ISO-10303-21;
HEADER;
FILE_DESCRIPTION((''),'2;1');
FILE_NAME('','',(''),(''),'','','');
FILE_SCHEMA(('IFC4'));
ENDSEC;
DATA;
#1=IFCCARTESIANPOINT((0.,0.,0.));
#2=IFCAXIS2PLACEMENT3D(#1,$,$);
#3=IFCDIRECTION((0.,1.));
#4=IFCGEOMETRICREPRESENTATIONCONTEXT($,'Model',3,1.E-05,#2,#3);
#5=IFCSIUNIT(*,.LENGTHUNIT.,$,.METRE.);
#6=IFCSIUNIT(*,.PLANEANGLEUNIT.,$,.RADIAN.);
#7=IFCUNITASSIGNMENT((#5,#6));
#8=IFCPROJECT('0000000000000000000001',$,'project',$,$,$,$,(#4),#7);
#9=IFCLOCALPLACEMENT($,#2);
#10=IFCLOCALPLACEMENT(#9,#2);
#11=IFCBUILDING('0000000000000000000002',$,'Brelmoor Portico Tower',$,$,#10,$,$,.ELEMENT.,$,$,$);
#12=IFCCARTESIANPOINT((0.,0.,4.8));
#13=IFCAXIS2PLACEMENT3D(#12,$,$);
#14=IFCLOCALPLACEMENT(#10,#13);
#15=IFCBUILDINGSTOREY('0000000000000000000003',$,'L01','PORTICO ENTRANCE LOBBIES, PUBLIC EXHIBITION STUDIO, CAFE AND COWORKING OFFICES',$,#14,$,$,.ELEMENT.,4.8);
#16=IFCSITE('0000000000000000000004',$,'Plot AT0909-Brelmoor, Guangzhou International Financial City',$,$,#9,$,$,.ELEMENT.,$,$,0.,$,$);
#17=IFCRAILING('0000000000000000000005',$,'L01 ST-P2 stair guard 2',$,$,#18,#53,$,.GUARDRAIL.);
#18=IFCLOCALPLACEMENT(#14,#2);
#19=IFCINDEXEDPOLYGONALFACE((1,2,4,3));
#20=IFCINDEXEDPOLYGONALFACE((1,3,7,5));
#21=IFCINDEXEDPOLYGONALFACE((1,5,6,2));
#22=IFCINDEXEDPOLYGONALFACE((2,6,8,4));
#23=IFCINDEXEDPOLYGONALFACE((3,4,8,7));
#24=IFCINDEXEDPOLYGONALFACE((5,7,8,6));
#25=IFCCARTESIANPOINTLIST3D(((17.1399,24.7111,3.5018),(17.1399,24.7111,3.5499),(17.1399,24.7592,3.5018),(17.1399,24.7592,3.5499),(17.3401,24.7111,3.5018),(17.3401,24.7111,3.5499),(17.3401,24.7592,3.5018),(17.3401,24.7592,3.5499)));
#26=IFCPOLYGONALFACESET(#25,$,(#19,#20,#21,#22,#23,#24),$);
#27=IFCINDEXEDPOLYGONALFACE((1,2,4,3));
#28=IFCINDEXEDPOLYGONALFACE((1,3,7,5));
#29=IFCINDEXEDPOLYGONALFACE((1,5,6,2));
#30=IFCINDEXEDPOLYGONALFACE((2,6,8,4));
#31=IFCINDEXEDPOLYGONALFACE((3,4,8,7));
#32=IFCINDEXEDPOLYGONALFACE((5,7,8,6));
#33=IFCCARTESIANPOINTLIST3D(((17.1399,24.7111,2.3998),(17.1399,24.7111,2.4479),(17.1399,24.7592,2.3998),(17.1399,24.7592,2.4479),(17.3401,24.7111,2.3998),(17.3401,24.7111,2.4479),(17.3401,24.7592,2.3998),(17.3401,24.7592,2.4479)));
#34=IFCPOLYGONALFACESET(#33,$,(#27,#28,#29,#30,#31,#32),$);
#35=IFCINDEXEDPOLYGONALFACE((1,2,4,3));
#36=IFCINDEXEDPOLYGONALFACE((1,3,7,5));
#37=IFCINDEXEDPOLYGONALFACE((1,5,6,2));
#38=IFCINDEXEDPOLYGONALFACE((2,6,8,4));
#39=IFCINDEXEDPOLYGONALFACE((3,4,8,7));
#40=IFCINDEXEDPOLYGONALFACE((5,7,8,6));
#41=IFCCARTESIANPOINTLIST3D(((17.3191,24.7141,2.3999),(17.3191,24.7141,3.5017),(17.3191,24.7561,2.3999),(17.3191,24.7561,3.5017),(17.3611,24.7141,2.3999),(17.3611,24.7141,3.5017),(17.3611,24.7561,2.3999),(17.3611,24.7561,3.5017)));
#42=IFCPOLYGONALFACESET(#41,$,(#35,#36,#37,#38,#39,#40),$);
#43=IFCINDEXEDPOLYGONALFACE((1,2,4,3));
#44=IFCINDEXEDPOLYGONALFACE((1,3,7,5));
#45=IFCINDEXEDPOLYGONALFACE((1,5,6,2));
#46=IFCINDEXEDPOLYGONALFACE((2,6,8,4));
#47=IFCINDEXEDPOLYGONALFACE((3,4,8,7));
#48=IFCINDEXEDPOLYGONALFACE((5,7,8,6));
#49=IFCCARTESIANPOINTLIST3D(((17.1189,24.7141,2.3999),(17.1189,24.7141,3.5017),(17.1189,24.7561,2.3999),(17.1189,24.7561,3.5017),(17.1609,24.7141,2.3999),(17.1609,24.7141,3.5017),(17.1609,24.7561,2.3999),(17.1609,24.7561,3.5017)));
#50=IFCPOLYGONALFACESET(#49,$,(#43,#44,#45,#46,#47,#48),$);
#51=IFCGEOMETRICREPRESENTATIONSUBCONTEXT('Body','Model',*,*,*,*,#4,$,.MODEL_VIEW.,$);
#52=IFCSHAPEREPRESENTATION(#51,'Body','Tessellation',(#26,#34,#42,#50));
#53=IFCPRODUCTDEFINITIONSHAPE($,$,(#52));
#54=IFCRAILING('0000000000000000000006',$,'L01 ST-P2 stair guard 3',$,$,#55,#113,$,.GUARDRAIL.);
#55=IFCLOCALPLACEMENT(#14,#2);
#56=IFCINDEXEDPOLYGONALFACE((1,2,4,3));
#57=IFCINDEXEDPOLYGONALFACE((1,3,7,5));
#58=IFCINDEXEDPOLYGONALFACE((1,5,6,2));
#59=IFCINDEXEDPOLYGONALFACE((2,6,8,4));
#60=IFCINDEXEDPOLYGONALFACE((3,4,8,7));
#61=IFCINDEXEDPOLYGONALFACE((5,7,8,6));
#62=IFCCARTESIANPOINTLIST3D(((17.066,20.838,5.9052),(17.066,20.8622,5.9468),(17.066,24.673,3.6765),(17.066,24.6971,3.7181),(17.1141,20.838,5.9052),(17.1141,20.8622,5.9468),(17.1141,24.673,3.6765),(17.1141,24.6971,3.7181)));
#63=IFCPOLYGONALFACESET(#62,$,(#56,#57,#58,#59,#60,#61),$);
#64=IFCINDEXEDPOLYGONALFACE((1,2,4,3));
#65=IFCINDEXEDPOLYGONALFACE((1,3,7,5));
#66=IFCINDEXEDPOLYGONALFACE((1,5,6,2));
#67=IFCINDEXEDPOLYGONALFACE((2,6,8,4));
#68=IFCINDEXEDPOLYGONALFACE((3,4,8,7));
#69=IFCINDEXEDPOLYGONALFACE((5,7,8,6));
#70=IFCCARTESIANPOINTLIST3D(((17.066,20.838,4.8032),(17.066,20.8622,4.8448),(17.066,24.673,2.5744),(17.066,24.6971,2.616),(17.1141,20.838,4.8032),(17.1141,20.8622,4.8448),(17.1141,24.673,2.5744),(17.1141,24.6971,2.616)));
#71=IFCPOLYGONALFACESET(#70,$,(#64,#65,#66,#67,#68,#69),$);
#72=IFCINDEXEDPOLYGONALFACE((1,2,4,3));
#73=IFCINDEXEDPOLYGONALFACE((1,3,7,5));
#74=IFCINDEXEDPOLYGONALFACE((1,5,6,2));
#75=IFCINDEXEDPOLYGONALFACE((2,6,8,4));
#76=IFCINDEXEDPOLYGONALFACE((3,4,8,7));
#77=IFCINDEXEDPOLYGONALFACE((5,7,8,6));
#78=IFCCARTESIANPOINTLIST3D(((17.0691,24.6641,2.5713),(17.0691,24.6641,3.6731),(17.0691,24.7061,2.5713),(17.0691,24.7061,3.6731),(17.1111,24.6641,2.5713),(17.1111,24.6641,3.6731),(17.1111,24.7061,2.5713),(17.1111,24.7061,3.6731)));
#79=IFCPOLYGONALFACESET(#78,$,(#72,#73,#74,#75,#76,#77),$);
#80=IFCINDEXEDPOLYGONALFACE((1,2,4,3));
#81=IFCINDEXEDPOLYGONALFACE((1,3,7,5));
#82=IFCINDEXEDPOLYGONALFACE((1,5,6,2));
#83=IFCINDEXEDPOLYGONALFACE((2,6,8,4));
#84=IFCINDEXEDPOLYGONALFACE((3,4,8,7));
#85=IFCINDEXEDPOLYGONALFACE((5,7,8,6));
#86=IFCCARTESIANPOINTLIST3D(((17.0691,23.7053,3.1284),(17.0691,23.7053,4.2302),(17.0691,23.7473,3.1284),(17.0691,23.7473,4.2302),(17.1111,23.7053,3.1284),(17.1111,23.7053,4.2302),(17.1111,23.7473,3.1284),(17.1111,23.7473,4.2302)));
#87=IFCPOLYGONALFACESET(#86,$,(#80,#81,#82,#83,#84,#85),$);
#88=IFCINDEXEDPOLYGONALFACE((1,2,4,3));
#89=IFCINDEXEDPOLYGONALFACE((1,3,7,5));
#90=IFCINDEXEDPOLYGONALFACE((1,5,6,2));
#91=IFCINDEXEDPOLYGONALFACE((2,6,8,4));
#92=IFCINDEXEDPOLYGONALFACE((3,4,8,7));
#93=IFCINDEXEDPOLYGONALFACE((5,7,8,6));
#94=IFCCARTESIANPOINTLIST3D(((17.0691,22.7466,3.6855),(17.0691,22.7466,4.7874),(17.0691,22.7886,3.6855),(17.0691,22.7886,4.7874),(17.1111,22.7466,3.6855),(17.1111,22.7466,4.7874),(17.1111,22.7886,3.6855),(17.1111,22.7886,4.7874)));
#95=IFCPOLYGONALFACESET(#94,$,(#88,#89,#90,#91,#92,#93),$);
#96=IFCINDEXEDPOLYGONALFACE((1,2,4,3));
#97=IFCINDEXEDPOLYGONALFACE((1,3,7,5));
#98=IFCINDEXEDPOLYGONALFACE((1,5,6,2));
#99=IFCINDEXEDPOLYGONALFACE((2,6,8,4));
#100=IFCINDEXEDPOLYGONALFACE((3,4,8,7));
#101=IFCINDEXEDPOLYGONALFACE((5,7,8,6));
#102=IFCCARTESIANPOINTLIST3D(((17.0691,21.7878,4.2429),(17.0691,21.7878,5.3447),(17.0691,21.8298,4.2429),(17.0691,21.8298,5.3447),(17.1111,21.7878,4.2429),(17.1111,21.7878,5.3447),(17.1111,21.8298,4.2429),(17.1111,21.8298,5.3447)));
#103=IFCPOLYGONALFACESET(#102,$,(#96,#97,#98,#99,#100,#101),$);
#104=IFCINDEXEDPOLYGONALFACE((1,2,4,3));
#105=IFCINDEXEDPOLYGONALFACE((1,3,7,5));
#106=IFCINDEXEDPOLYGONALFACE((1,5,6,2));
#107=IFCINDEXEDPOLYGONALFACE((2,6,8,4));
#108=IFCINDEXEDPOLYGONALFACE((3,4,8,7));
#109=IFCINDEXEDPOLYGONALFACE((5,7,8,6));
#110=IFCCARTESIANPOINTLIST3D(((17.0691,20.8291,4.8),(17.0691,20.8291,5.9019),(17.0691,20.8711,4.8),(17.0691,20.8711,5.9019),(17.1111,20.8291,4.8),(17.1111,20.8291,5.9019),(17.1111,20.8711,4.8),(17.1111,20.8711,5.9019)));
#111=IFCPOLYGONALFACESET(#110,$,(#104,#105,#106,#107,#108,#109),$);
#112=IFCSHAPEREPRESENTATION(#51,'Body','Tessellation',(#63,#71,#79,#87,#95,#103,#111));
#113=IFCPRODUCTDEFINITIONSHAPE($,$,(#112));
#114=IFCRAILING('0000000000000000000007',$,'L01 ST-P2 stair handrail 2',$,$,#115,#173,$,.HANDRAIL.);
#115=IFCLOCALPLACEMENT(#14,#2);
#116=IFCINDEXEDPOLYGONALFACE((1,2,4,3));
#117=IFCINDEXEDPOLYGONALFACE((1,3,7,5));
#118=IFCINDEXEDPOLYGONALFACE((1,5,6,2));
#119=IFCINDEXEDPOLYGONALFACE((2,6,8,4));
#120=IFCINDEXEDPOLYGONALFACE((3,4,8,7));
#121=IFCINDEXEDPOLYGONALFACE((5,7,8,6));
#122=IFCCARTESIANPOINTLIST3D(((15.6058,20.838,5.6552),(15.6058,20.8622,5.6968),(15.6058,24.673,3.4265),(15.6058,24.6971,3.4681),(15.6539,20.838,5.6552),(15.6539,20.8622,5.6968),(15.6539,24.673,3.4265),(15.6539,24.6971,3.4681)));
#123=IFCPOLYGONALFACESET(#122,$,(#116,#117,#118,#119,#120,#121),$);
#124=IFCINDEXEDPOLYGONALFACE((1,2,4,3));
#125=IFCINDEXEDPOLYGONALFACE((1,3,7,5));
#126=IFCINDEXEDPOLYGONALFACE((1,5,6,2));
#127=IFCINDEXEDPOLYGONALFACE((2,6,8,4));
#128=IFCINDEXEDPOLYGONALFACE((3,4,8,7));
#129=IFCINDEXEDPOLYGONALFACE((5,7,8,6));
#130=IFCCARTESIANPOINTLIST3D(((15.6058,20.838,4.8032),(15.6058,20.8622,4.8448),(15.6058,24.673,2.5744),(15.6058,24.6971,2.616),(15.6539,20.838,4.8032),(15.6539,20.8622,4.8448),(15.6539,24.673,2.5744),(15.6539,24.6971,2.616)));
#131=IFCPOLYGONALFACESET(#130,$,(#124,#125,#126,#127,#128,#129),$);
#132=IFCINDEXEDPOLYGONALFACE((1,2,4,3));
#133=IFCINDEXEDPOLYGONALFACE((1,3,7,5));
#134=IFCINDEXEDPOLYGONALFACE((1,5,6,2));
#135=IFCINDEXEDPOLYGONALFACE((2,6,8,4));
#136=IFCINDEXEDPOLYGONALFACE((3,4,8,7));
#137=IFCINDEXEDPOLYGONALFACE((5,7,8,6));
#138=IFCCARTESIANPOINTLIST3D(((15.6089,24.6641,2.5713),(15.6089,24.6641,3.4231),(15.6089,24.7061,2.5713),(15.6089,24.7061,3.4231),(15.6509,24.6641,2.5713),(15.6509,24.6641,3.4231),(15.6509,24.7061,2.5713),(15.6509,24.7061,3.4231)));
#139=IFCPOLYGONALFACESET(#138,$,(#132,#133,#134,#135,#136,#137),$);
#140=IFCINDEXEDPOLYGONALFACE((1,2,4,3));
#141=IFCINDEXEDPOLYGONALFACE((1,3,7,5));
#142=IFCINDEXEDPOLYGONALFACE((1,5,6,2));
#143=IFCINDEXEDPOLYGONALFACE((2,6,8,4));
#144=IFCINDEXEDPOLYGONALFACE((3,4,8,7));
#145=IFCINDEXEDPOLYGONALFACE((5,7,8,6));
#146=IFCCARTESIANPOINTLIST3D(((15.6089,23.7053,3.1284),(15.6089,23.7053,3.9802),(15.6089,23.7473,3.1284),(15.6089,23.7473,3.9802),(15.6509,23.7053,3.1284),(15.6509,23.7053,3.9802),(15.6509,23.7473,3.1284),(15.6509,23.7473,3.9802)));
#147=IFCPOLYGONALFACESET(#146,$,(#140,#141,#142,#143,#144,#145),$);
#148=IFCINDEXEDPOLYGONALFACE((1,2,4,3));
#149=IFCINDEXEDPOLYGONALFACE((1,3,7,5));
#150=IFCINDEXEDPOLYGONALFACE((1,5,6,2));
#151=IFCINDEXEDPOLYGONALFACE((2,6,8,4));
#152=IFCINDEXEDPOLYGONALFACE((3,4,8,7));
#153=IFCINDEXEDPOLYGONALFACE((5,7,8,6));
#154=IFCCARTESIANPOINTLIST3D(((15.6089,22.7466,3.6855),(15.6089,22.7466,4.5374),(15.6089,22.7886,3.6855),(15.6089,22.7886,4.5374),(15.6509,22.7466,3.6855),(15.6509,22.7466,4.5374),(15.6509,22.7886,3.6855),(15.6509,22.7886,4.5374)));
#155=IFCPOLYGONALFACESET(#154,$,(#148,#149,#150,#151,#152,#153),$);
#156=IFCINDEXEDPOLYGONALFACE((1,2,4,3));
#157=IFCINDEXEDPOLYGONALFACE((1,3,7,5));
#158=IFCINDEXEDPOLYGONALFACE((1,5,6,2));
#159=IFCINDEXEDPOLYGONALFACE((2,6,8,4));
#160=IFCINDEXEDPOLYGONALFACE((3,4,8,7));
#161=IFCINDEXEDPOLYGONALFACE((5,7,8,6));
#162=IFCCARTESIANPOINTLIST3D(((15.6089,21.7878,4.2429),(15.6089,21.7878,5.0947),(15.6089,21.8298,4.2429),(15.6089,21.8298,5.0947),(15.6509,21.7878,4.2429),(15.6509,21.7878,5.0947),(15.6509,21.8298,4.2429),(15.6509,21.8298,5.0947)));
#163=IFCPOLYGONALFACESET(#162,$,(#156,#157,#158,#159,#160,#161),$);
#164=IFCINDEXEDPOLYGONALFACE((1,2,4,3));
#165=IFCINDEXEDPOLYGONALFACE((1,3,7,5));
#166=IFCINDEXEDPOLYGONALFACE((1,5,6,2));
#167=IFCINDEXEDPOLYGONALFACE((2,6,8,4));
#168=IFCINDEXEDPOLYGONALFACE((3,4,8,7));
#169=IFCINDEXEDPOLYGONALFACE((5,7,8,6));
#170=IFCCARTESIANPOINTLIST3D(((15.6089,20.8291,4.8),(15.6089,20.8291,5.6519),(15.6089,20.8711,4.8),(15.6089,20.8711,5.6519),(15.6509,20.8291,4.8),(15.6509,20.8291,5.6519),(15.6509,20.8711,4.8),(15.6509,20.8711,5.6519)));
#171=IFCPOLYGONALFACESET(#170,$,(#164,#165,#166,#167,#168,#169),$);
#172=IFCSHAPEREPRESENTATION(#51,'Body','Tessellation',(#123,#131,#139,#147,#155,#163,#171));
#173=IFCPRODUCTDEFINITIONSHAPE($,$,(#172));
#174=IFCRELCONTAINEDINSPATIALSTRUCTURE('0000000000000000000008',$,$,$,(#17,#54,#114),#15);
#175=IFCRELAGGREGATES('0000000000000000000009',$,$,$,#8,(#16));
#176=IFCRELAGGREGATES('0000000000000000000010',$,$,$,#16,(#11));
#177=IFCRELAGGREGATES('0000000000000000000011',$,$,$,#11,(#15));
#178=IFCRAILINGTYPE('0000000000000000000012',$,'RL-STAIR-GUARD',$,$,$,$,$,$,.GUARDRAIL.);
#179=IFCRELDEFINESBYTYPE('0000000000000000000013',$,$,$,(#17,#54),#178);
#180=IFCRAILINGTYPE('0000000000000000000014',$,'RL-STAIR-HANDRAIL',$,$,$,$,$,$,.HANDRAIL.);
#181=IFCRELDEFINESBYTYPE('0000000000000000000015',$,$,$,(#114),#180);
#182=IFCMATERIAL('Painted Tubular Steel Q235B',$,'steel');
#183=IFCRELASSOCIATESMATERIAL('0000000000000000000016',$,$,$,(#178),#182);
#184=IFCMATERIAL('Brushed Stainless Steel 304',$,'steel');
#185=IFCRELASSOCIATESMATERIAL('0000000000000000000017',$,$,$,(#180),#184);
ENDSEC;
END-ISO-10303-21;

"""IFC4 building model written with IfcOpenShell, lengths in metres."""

from ifc_helpers import new_model, si_unit, direction, frame, origin, origin_2d, place, context, subcontext, project, spatial, rectangle, extrude, material, type_object, element, save


model = new_model("IFC4")

# Units and contexts
model_context = context("Model", 3, precision=1e-05, world=origin(), true_north=direction((0.0, 1.0)))
body_context = subcontext(model_context, "Body", "Model", "MODEL_VIEW")
ifc_project = project(units=[si_unit("LENGTHUNIT", "METRE"), si_unit("PLANEANGLEUNIT", "RADIAN")], contexts=[model_context])

# Site, building, storey
site_placement = place(None, origin())
site = spatial("IfcSite", under=ifc_project, at=site_placement, Name="Plot AT0909-Brelmoor, Guangzhou International Financial City", CompositionType="ELEMENT", RefElevation=0.0)
building_placement = place(site_placement, origin())
building = spatial("IfcBuilding", under=site, at=building_placement, Name="Brelmoor Portico Tower", CompositionType="ELEMENT")
storey_placement = place(building_placement, frame((0.0, 0.0, 4.8)))
storey = spatial("IfcBuildingStorey", under=building, at=storey_placement, Name="L01", Description="PORTICO ENTRANCE LOBBIES, PUBLIC EXHIBITION STUDIO, CAFE AND COWORKING OFFICES", CompositionType="ELEMENT", Elevation=4.8)

# Railings
ifc_material_1 = material(Name="Painted Tubular Steel Q235B", Category="steel")
railing_type_1 = type_object("IfcRailingType", Name="RL-STAIR-GUARD", PredefinedType="GUARDRAIL", material=ifc_material_1)
railing_1_placement = place(storey_placement, frame((17.3401, 24.7351, 2.3999)))
element("IfcRailing", 1, at=railing_1_placement, inside=storey, type_object=railing_type_1, Name="L01 ST-P2 stair guard 2", PredefinedType="GUARDRAIL", context=body_context, shape_type="SweptSolid", body=[
    extrude(rectangle(XDim=0.0481, YDim=0.0481, at=origin_2d()), frame((0.0, 0.0, 1.126), z_axis=(-1.0, 0.0, 0.0), x_axis=(0.0, -1.0, 0.0)), (0.0, 0.0, 1.0), 0.2002),
    extrude(rectangle(XDim=0.0481, YDim=0.0481, at=origin_2d()), frame((0.0, 0.0, 0.0239), z_axis=(-1.0, 0.0, 0.0), x_axis=(0.0, -1.0, 0.0)), (0.0, 0.0, 1.0), 0.2002),
    extrude(rectangle(XDim=0.042, YDim=0.042, at=origin_2d()), origin(), (0.0, 0.0, 1.0), 1.1018),
    extrude(rectangle(XDim=0.042, YDim=0.042, at=origin_2d()), frame((-0.2002, 0.0, 0.0)), (0.0, 0.0, 1.0), 1.1018),
])
railing_2_placement = place(storey_placement, frame((17.0901, 24.6851, 2.5713)))
element("IfcRailing", 2, at=railing_2_placement, inside=storey, type_object=railing_type_1, Name="L01 ST-P2 stair guard 3", PredefinedType="GUARDRAIL", context=body_context, shape_type="SweptSolid", body=[
    extrude(rectangle(XDim=0.0481, YDim=0.0481, at=origin_2d()), frame((0.0, 0.0, 1.126), z_axis=(0.0, -0.864592, 0.502474), x_axis=(1.0, 0.0, 0.0)), (0.0, 0.0, 1.0), 4.4355),
    extrude(rectangle(XDim=0.0481, YDim=0.0481, at=origin_2d()), frame((0.0, 0.0, 0.0239), z_axis=(0.0, -0.864592, 0.502474), x_axis=(1.0, 0.0, 0.0)), (0.0, 0.0, 1.0), 4.4355),
    extrude(rectangle(XDim=0.042, YDim=0.042, at=origin_2d()), origin(), (0.0, 0.0, 1.0), 1.1018),
    extrude(rectangle(XDim=0.042, YDim=0.042, at=origin_2d()), frame((0.0, -0.9587, 0.5571)), (0.0, 0.0, 1.0), 1.1018),
    extrude(rectangle(XDim=0.042, YDim=0.042, at=origin_2d()), frame((0.0, -1.9175, 1.1143)), (0.0, 0.0, 1.0), 1.1018),
    extrude(rectangle(XDim=0.042, YDim=0.042, at=origin_2d()), frame((0.0, -2.8762, 1.6716)), (0.0, 0.0, 1.0), 1.1018),
    extrude(rectangle(XDim=0.042, YDim=0.042, at=origin_2d()), frame((0.0, -3.835, 2.2288)), (0.0, 0.0, 1.0), 1.1018),
])
ifc_material_2 = material(Name="Brushed Stainless Steel 304", Category="steel")
railing_type_2 = type_object("IfcRailingType", Name="RL-STAIR-HANDRAIL", PredefinedType="HANDRAIL", material=ifc_material_2)
railing_3_placement = place(storey_placement, frame((15.6299, 24.6851, 2.5713)))
element("IfcRailing", 3, at=railing_3_placement, inside=storey, type_object=railing_type_2, Name="L01 ST-P2 stair handrail 2", PredefinedType="HANDRAIL", context=body_context, shape_type="SweptSolid", body=[
    extrude(rectangle(XDim=0.0481, YDim=0.0481, at=origin_2d()), frame((0.0, 0.0, 0.876), z_axis=(0.0, -0.864592, 0.502474), x_axis=(1.0, 0.0, 0.0)), (0.0, 0.0, 1.0), 4.4355),
    extrude(rectangle(XDim=0.0481, YDim=0.0481, at=origin_2d()), frame((0.0, 0.0, 0.0239), z_axis=(0.0, -0.864592, 0.502474), x_axis=(1.0, 0.0, 0.0)), (0.0, 0.0, 1.0), 4.4355),
    extrude(rectangle(XDim=0.042, YDim=0.042, at=origin_2d()), origin(), (0.0, 0.0, 1.0), 0.8518),
    extrude(rectangle(XDim=0.042, YDim=0.042, at=origin_2d()), frame((0.0, -0.9587, 0.5571)), (0.0, 0.0, 1.0), 0.8518),
    extrude(rectangle(XDim=0.042, YDim=0.042, at=origin_2d()), frame((0.0, -1.9175, 1.1143)), (0.0, 0.0, 1.0), 0.8518),
    extrude(rectangle(XDim=0.042, YDim=0.042, at=origin_2d()), frame((0.0, -2.8762, 1.6716)), (0.0, 0.0, 1.0), 0.8518),
    extrude(rectangle(XDim=0.042, YDim=0.042, at=origin_2d()), frame((0.0, -3.835, 2.2288)), (0.0, 0.0, 1.0), 0.8518),
])

save(model, "model.ifc")
